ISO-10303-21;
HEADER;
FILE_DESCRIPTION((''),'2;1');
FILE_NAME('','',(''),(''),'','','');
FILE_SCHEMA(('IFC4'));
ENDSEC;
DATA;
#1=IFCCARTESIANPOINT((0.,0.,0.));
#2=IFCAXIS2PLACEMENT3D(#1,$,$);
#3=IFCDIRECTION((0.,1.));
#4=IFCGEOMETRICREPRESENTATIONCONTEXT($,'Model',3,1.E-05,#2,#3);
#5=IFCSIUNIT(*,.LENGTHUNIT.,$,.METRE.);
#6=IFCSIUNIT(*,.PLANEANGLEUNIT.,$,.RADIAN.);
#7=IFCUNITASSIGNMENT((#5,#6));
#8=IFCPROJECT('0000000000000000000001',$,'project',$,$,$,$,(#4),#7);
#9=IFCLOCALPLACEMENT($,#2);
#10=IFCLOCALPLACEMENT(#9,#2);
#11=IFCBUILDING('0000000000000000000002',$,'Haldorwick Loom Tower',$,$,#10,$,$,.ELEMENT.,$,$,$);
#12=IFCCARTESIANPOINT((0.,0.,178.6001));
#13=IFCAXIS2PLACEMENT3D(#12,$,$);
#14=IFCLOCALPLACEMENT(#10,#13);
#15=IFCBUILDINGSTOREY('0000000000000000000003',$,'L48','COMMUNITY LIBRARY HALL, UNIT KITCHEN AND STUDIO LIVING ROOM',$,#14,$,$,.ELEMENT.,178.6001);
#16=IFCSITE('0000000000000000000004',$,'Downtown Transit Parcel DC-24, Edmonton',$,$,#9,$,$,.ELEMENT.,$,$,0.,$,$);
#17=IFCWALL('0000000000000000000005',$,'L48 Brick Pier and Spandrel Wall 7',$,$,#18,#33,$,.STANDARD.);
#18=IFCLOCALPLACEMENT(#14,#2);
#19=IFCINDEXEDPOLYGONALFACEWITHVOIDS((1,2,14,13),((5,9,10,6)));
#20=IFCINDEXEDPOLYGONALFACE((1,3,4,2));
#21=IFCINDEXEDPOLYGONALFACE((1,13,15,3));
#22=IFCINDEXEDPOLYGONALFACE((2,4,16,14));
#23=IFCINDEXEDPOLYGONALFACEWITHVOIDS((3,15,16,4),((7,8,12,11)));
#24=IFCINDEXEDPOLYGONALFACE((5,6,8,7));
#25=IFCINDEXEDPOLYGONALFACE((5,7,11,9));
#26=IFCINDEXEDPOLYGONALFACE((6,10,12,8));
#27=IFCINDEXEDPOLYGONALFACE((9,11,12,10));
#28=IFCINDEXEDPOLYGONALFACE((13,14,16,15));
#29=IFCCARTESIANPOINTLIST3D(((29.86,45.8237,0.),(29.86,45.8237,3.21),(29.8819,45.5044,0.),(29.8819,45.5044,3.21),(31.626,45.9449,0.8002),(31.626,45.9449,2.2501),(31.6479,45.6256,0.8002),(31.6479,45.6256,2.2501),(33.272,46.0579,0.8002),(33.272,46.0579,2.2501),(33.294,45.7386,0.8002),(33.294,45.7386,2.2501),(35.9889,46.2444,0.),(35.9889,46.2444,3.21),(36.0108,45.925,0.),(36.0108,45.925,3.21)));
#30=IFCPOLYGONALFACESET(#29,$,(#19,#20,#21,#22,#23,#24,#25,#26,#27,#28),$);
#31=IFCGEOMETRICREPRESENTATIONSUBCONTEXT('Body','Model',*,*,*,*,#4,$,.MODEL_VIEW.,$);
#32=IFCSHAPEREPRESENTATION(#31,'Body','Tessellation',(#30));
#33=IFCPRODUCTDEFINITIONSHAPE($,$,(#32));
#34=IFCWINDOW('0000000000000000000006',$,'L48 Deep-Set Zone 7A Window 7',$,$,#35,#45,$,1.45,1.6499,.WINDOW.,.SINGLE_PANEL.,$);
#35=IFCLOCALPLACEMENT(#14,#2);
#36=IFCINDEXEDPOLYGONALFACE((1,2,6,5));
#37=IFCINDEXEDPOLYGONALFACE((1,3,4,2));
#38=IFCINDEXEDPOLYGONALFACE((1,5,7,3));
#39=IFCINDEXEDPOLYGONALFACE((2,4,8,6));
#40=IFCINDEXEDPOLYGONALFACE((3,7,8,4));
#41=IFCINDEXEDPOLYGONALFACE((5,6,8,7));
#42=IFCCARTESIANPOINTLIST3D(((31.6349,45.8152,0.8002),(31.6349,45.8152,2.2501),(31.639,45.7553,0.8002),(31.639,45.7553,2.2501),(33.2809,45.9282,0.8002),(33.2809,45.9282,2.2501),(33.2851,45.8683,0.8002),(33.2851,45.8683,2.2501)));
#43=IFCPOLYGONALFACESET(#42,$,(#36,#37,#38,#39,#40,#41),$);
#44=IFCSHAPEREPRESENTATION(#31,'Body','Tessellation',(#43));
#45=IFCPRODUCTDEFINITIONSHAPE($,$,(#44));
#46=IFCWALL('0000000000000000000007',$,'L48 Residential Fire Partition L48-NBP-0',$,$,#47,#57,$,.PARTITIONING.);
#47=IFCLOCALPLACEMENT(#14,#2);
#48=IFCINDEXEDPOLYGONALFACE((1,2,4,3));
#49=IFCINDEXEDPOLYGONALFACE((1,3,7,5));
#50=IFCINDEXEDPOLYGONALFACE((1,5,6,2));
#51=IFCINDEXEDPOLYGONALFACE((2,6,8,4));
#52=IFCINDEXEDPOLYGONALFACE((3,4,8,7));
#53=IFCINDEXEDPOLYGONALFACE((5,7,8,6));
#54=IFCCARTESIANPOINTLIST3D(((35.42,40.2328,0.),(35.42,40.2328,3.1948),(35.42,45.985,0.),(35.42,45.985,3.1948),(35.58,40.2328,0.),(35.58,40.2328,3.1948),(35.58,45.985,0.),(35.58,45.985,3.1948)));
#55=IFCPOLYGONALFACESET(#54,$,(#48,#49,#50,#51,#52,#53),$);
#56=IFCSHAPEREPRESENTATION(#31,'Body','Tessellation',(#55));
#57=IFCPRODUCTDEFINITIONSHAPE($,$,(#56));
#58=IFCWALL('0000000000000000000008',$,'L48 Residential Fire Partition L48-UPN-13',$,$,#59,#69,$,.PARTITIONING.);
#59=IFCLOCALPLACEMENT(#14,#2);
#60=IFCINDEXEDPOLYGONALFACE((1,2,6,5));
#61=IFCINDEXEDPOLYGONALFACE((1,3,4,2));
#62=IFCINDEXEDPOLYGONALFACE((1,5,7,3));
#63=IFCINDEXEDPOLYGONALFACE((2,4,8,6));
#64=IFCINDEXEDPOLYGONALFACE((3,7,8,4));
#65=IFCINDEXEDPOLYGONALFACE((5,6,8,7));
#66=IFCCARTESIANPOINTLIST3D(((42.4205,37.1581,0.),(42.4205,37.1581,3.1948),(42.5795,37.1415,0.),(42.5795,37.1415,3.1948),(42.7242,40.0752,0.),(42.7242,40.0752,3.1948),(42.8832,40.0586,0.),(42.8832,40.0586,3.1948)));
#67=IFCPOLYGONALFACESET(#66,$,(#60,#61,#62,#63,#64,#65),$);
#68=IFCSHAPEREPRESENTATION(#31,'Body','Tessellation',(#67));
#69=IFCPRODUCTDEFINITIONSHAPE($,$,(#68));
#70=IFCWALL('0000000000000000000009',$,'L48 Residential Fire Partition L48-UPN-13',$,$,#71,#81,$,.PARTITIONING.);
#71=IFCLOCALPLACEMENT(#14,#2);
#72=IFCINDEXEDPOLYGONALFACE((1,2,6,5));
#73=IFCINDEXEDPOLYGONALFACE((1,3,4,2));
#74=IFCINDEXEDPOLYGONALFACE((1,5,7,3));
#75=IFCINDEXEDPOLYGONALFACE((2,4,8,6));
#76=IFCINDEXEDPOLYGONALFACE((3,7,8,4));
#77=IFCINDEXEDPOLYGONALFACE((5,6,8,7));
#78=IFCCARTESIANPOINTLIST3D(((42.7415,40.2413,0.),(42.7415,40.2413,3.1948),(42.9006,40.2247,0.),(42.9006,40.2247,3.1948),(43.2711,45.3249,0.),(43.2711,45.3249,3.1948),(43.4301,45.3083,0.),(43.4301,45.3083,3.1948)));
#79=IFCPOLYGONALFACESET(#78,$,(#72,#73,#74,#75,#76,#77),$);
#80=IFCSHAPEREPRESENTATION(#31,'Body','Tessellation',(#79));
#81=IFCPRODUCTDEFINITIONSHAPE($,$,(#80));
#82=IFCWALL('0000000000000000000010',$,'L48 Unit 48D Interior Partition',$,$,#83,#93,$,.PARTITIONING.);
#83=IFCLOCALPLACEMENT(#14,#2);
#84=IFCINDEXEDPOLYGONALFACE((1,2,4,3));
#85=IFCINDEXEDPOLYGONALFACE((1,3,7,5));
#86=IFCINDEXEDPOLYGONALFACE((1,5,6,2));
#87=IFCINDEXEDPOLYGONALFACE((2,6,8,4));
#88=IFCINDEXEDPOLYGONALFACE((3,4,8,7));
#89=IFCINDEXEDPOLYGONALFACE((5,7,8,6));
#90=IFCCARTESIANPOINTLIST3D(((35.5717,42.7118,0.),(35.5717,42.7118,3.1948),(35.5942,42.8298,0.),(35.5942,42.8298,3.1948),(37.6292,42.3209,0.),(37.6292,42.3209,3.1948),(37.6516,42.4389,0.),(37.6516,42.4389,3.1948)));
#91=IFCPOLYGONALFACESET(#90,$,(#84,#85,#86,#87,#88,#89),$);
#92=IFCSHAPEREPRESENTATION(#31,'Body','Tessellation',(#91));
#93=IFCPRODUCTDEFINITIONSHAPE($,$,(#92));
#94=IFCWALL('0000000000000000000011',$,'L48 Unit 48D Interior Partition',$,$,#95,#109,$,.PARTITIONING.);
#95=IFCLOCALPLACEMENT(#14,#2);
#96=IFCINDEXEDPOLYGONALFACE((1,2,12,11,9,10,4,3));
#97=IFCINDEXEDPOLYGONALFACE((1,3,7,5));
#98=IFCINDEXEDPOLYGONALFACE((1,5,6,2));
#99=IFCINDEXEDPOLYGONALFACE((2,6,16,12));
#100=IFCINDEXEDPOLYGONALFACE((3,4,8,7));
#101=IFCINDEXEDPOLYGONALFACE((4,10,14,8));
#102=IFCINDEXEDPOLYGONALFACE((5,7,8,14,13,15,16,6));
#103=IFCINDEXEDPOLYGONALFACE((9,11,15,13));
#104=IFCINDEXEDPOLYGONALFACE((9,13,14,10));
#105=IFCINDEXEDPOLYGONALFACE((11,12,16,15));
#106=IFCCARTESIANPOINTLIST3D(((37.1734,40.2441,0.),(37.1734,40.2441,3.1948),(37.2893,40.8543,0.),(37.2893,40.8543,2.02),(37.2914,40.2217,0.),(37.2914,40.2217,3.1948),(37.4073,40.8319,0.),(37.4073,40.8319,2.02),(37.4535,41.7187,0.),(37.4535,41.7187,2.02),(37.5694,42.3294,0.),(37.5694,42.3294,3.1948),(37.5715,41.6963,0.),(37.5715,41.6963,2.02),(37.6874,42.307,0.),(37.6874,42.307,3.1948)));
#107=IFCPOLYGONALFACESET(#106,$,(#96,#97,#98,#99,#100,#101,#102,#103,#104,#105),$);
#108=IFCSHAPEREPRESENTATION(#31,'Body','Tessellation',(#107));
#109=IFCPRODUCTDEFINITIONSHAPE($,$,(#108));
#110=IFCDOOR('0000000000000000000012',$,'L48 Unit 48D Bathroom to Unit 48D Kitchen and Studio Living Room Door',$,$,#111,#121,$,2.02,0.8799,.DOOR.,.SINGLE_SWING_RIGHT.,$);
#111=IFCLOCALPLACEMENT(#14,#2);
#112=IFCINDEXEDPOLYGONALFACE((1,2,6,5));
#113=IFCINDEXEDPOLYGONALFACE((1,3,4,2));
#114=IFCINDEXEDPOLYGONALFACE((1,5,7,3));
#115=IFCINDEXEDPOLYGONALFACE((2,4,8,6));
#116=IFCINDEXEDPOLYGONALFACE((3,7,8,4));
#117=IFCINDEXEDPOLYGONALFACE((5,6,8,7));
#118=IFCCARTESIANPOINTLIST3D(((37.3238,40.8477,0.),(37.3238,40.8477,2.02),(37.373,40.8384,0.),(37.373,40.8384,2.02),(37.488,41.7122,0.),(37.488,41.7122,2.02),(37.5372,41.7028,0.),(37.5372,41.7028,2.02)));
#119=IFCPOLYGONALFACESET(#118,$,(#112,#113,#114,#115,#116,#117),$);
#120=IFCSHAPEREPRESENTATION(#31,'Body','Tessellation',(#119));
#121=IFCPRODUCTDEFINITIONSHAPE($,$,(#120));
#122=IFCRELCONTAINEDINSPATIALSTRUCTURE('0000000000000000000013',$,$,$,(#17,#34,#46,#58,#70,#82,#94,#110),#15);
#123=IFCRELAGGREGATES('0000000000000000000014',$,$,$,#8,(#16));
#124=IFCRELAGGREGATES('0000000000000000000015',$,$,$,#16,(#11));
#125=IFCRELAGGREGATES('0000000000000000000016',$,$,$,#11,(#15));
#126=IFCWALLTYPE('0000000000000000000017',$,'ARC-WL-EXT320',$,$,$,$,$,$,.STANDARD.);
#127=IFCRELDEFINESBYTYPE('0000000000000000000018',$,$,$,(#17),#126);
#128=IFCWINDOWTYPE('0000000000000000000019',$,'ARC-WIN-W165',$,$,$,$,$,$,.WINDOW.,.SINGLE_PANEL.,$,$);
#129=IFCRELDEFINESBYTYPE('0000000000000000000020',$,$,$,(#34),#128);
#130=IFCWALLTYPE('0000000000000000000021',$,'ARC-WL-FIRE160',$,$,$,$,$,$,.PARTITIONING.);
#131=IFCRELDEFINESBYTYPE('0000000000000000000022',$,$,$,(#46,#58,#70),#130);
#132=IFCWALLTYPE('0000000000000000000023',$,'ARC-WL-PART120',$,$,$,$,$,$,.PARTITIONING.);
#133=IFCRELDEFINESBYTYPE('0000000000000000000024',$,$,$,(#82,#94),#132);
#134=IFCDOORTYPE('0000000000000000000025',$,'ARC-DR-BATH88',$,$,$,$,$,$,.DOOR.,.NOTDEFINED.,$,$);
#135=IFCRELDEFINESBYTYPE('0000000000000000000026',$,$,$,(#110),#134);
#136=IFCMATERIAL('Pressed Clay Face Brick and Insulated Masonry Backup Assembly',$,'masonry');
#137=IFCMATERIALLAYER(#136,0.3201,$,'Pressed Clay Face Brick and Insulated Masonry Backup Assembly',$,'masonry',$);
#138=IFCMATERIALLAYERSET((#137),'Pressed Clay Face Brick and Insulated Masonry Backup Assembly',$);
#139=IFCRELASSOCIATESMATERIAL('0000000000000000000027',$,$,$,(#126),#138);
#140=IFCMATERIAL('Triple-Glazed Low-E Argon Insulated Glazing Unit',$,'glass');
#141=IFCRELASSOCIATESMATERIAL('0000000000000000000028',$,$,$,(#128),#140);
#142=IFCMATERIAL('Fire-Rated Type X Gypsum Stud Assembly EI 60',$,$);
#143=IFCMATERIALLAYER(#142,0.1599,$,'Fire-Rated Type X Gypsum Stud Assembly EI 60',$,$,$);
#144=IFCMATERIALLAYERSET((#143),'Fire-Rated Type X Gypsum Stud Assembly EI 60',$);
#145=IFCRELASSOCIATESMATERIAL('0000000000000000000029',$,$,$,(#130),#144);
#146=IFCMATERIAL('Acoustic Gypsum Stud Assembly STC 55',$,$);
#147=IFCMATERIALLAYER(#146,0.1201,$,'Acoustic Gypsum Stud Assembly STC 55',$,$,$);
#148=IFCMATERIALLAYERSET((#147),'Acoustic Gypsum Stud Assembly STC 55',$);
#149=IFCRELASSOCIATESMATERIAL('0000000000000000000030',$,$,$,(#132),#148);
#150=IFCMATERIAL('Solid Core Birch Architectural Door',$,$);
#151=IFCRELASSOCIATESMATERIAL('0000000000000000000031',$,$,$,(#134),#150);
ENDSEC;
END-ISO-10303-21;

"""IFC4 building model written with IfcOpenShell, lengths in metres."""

from ifc_helpers import new_model, si_unit, direction, frame, frame_2d, origin, place, context, subcontext, project, spatial, rectangle, extrude, material, layer, layer_set, type_object, element, fill, save


model = new_model("IFC4")

# Units and contexts
model_context = context("Model", 3, precision=1e-05, world=origin(), true_north=direction((0.0, 1.0)))
body_context = subcontext(model_context, "Body", "Model", "MODEL_VIEW")
ifc_project = project(units=[si_unit("LENGTHUNIT", "METRE"), si_unit("PLANEANGLEUNIT", "RADIAN")], contexts=[model_context])

# Site, building, storey
site_placement = place(None, origin())
site = spatial("IfcSite", under=ifc_project, at=site_placement, Name="Downtown Transit Parcel DC-24, Edmonton", CompositionType="ELEMENT", RefElevation=0.0)
building_placement = place(site_placement, origin())
building = spatial("IfcBuilding", under=site, at=building_placement, Name="Haldorwick Loom Tower", CompositionType="ELEMENT")
storey_placement = place(building_placement, frame((0.0, 0.0, 178.6001)))
storey = spatial("IfcBuildingStorey", under=building, at=storey_placement, Name="L48", Description="COMMUNITY LIBRARY HALL, UNIT KITCHEN AND STUDIO LIVING ROOM", CompositionType="ELEMENT", Elevation=178.6001)

# Wall, opening, window
ifc_material_1 = material(Name="Pressed Clay Face Brick and Insulated Masonry Backup Assembly", Category="masonry")
ifc_layer_1 = layer(ifc_material_1, 0.3201, Name="Pressed Clay Face Brick and Insulated Masonry Backup Assembly", Category="masonry")
ifc_layer_set_1 = layer_set([ifc_layer_1], Name="Pressed Clay Face Brick and Insulated Masonry Backup Assembly")
wall_type_1 = type_object("IfcWallType", Name="ARC-WL-EXT320", PredefinedType="STANDARD", material=ifc_layer_set_1)
ifc_material_2 = material(Name="Triple-Glazed Low-E Argon Insulated Glazing Unit", Category="glass")
window_type = type_object("IfcWindowType", Name="ARC-WIN-W165", PartitioningType="SINGLE_PANEL", PredefinedType="WINDOW", material=ifc_material_2)
wall_1_placement = place(storey_placement, frame((36.0, 46.0847, 0.0), z_axis=(0.0, 0.0, 1.0), x_axis=(-0.997653, -0.068473, 0.0)))
wall_1 = element("IfcWall", 1, at=wall_1_placement, inside=storey, type_object=wall_type_1, Name="L48 Brick Pier and Spandrel Wall 7", PredefinedType="STANDARD", context=body_context, shape_type="SweptSolid", body=[
    extrude(rectangle(XDim=6.1433, YDim=0.3201, at=frame_2d((3.0718, 0.0))), origin(), (0.0, 0.0, 1.0), 3.21),
])
opening_1_placement = place(wall_1_placement, frame((2.7234, 0.0, 0.8)))
opening_1 = element("IfcOpeningElement", 2, at=opening_1_placement, cuts=wall_1, PredefinedType="OPENING", context=body_context, shape_type="SweptSolid", body=[
    extrude(rectangle(XDim=1.6499, YDim=1.45, at=frame_2d((0.825, 0.7251))), frame((0.0, 0.1699, 0.0), z_axis=(0.0, -1.0, 0.0), x_axis=(1.0, 0.0, 0.0)), (0.0, 0.0, 1.0), 0.3401),
])
window_1_placement = place(opening_1_placement, origin())
window_1 = element("IfcWindow", 3, at=window_1_placement, inside=storey, type_object=window_type, Name="L48 Deep-Set Zone 7A Window 7", OverallHeight=1.45, OverallWidth=1.6499, PartitioningType="SINGLE_PANEL", PredefinedType="WINDOW", context=body_context, shape_type="SweptSolid", body=[
    extrude(rectangle(XDim=1.6499, YDim=1.45, at=frame_2d((0.825, 0.7251))), frame((0.0, 0.03, 0.0), z_axis=(0.0, -1.0, 0.0), x_axis=(1.0, 0.0, 0.0)), (0.0, 0.0, 1.0), 0.0601),
])
fill(opening_1, window_1)

# Walls
ifc_material_3 = material(Name="Fire-Rated Type X Gypsum Stud Assembly EI 60")
ifc_layer_2 = layer(ifc_material_3, 0.1599, Name="Fire-Rated Type X Gypsum Stud Assembly EI 60")
ifc_layer_set_2 = layer_set([ifc_layer_2], Name="Fire-Rated Type X Gypsum Stud Assembly EI 60")
wall_type_2 = type_object("IfcWallType", Name="ARC-WL-FIRE160", PredefinedType="PARTITIONING", material=ifc_layer_set_2)
wall_2_placement = place(storey_placement, frame((35.5, 40.2329, 0.0), z_axis=(0.0, 0.0, 1.0), x_axis=(0.0, 1.0, 0.0)))
element("IfcWall", 4, at=wall_2_placement, inside=storey, type_object=wall_type_2, Name="L48 Residential Fire Partition L48-NBP-0", PredefinedType="PARTITIONING", context=body_context, shape_type="SweptSolid", body=[
    extrude(rectangle(XDim=5.7522, YDim=0.1599, at=frame_2d((2.876, 0.0))), origin(), (0.0, 0.0, 1.0), 3.1948),
])
wall_3_placement = place(storey_placement, frame((42.5, 37.1499, 0.0), z_axis=(0.0, 0.0, 1.0), x_axis=(0.103558, 0.994623, 0.0)))
element("IfcWall", 5, at=wall_3_placement, inside=storey, type_object=wall_type_2, Name="L48 Residential Fire Partition L48-UPN-13", PredefinedType="PARTITIONING", context=body_context, shape_type="SweptSolid", body=[
    extrude(rectangle(XDim=2.9329, YDim=0.1599, at=frame_2d((1.4663, 0.0))), origin(), (0.0, 0.0, 1.0), 3.1948),
])
wall_4_placement = place(storey_placement, frame((42.821, 40.2329, 0.0), z_axis=(0.0, 0.0, 1.0), x_axis=(0.103608, 0.994618, 0.0)))
element("IfcWall", 6, at=wall_4_placement, inside=storey, type_object=wall_type_2, Name="L48 Residential Fire Partition L48-UPN-13", PredefinedType="PARTITIONING", context=body_context, shape_type="SweptSolid", body=[
    extrude(rectangle(XDim=5.1111, YDim=0.1599, at=frame_2d((2.5557, 0.0))), origin(), (0.0, 0.0, 1.0), 3.1948),
])
ifc_material_4 = material(Name="Acoustic Gypsum Stud Assembly STC 55")
ifc_layer_3 = layer(ifc_material_4, 0.1201, Name="Acoustic Gypsum Stud Assembly STC 55")
ifc_layer_set_3 = layer_set([ifc_layer_3], Name="Acoustic Gypsum Stud Assembly STC 55")
wall_type_3 = type_object("IfcWallType", Name="ARC-WL-PART120", PredefinedType="PARTITIONING", material=ifc_layer_set_3)
wall_5_placement = place(storey_placement, frame((37.6404, 42.3799, 0.0), z_axis=(0.0, 0.0, 1.0), x_axis=(-0.982427, 0.186646, 0.0)))
element("IfcWall", 7, at=wall_5_placement, inside=storey, type_object=wall_type_3, Name="L48 Unit 48D Interior Partition", PredefinedType="PARTITIONING", context=body_context, shape_type="SweptSolid", body=[
    extrude(rectangle(XDim=2.0942, YDim=0.1201, at=frame_2d((1.0471, 0.0))), origin(), (0.0, 0.0, 1.0), 3.1948),
])

# Wall, opening, door
wall_6_placement = place(storey_placement, frame((37.2324, 40.2329, 0.0), z_axis=(0.0, 0.0, 1.0), x_axis=(0.186573, 0.982441, 0.0)))
wall_6 = element("IfcWall", 8, at=wall_6_placement, inside=storey, type_object=wall_type_3, Name="L48 Unit 48D Interior Partition", PredefinedType="PARTITIONING", context=body_context, shape_type="SweptSolid", body=[
    extrude(rectangle(XDim=2.1226, YDim=0.1201, at=frame_2d((1.0613, 0.0))), origin(), (0.0, 0.0, 1.0), 3.1948),
])
opening_2_placement = place(wall_6_placement, frame((0.6211, 0.0, 0.0)))
opening_2 = element("IfcOpeningElement", 9, at=opening_2_placement, cuts=wall_6, PredefinedType="OPENING", context=body_context, shape_type="SweptSolid", body=[
    extrude(rectangle(XDim=0.8799, YDim=2.02, at=frame_2d((0.4399, 1.01))), frame((0.0, 0.0701, 0.0), z_axis=(0.0, -1.0, 0.0), x_axis=(1.0, 0.0, 0.0)), (0.0, 0.0, 1.0), 0.1401),
])
ifc_material_5 = material(Name="Solid Core Birch Architectural Door")
door_type = type_object("IfcDoorType", Name="ARC-DR-BATH88", OperationType="NOTDEFINED", PredefinedType="DOOR", material=ifc_material_5)
door_placement = place(opening_2_placement, origin())
door = element("IfcDoor", 10, at=door_placement, inside=storey, type_object=door_type, Name="L48 Unit 48D Bathroom to Unit 48D Kitchen and Studio Living Room Door", OperationType="SINGLE_SWING_RIGHT", OverallHeight=2.02, OverallWidth=0.8799, PredefinedType="DOOR", context=body_context, shape_type="SweptSolid", body=[
    extrude(rectangle(XDim=0.8799, YDim=2.02, at=frame_2d((0.4399, 1.01))), frame((0.0, 0.0249, 0.0), z_axis=(0.0, -1.0, 0.0), x_axis=(1.0, 0.0, 0.0)), (0.0, 0.0, 1.0), 0.05),
])
fill(opening_2, door)

save(model, "model.ifc")
